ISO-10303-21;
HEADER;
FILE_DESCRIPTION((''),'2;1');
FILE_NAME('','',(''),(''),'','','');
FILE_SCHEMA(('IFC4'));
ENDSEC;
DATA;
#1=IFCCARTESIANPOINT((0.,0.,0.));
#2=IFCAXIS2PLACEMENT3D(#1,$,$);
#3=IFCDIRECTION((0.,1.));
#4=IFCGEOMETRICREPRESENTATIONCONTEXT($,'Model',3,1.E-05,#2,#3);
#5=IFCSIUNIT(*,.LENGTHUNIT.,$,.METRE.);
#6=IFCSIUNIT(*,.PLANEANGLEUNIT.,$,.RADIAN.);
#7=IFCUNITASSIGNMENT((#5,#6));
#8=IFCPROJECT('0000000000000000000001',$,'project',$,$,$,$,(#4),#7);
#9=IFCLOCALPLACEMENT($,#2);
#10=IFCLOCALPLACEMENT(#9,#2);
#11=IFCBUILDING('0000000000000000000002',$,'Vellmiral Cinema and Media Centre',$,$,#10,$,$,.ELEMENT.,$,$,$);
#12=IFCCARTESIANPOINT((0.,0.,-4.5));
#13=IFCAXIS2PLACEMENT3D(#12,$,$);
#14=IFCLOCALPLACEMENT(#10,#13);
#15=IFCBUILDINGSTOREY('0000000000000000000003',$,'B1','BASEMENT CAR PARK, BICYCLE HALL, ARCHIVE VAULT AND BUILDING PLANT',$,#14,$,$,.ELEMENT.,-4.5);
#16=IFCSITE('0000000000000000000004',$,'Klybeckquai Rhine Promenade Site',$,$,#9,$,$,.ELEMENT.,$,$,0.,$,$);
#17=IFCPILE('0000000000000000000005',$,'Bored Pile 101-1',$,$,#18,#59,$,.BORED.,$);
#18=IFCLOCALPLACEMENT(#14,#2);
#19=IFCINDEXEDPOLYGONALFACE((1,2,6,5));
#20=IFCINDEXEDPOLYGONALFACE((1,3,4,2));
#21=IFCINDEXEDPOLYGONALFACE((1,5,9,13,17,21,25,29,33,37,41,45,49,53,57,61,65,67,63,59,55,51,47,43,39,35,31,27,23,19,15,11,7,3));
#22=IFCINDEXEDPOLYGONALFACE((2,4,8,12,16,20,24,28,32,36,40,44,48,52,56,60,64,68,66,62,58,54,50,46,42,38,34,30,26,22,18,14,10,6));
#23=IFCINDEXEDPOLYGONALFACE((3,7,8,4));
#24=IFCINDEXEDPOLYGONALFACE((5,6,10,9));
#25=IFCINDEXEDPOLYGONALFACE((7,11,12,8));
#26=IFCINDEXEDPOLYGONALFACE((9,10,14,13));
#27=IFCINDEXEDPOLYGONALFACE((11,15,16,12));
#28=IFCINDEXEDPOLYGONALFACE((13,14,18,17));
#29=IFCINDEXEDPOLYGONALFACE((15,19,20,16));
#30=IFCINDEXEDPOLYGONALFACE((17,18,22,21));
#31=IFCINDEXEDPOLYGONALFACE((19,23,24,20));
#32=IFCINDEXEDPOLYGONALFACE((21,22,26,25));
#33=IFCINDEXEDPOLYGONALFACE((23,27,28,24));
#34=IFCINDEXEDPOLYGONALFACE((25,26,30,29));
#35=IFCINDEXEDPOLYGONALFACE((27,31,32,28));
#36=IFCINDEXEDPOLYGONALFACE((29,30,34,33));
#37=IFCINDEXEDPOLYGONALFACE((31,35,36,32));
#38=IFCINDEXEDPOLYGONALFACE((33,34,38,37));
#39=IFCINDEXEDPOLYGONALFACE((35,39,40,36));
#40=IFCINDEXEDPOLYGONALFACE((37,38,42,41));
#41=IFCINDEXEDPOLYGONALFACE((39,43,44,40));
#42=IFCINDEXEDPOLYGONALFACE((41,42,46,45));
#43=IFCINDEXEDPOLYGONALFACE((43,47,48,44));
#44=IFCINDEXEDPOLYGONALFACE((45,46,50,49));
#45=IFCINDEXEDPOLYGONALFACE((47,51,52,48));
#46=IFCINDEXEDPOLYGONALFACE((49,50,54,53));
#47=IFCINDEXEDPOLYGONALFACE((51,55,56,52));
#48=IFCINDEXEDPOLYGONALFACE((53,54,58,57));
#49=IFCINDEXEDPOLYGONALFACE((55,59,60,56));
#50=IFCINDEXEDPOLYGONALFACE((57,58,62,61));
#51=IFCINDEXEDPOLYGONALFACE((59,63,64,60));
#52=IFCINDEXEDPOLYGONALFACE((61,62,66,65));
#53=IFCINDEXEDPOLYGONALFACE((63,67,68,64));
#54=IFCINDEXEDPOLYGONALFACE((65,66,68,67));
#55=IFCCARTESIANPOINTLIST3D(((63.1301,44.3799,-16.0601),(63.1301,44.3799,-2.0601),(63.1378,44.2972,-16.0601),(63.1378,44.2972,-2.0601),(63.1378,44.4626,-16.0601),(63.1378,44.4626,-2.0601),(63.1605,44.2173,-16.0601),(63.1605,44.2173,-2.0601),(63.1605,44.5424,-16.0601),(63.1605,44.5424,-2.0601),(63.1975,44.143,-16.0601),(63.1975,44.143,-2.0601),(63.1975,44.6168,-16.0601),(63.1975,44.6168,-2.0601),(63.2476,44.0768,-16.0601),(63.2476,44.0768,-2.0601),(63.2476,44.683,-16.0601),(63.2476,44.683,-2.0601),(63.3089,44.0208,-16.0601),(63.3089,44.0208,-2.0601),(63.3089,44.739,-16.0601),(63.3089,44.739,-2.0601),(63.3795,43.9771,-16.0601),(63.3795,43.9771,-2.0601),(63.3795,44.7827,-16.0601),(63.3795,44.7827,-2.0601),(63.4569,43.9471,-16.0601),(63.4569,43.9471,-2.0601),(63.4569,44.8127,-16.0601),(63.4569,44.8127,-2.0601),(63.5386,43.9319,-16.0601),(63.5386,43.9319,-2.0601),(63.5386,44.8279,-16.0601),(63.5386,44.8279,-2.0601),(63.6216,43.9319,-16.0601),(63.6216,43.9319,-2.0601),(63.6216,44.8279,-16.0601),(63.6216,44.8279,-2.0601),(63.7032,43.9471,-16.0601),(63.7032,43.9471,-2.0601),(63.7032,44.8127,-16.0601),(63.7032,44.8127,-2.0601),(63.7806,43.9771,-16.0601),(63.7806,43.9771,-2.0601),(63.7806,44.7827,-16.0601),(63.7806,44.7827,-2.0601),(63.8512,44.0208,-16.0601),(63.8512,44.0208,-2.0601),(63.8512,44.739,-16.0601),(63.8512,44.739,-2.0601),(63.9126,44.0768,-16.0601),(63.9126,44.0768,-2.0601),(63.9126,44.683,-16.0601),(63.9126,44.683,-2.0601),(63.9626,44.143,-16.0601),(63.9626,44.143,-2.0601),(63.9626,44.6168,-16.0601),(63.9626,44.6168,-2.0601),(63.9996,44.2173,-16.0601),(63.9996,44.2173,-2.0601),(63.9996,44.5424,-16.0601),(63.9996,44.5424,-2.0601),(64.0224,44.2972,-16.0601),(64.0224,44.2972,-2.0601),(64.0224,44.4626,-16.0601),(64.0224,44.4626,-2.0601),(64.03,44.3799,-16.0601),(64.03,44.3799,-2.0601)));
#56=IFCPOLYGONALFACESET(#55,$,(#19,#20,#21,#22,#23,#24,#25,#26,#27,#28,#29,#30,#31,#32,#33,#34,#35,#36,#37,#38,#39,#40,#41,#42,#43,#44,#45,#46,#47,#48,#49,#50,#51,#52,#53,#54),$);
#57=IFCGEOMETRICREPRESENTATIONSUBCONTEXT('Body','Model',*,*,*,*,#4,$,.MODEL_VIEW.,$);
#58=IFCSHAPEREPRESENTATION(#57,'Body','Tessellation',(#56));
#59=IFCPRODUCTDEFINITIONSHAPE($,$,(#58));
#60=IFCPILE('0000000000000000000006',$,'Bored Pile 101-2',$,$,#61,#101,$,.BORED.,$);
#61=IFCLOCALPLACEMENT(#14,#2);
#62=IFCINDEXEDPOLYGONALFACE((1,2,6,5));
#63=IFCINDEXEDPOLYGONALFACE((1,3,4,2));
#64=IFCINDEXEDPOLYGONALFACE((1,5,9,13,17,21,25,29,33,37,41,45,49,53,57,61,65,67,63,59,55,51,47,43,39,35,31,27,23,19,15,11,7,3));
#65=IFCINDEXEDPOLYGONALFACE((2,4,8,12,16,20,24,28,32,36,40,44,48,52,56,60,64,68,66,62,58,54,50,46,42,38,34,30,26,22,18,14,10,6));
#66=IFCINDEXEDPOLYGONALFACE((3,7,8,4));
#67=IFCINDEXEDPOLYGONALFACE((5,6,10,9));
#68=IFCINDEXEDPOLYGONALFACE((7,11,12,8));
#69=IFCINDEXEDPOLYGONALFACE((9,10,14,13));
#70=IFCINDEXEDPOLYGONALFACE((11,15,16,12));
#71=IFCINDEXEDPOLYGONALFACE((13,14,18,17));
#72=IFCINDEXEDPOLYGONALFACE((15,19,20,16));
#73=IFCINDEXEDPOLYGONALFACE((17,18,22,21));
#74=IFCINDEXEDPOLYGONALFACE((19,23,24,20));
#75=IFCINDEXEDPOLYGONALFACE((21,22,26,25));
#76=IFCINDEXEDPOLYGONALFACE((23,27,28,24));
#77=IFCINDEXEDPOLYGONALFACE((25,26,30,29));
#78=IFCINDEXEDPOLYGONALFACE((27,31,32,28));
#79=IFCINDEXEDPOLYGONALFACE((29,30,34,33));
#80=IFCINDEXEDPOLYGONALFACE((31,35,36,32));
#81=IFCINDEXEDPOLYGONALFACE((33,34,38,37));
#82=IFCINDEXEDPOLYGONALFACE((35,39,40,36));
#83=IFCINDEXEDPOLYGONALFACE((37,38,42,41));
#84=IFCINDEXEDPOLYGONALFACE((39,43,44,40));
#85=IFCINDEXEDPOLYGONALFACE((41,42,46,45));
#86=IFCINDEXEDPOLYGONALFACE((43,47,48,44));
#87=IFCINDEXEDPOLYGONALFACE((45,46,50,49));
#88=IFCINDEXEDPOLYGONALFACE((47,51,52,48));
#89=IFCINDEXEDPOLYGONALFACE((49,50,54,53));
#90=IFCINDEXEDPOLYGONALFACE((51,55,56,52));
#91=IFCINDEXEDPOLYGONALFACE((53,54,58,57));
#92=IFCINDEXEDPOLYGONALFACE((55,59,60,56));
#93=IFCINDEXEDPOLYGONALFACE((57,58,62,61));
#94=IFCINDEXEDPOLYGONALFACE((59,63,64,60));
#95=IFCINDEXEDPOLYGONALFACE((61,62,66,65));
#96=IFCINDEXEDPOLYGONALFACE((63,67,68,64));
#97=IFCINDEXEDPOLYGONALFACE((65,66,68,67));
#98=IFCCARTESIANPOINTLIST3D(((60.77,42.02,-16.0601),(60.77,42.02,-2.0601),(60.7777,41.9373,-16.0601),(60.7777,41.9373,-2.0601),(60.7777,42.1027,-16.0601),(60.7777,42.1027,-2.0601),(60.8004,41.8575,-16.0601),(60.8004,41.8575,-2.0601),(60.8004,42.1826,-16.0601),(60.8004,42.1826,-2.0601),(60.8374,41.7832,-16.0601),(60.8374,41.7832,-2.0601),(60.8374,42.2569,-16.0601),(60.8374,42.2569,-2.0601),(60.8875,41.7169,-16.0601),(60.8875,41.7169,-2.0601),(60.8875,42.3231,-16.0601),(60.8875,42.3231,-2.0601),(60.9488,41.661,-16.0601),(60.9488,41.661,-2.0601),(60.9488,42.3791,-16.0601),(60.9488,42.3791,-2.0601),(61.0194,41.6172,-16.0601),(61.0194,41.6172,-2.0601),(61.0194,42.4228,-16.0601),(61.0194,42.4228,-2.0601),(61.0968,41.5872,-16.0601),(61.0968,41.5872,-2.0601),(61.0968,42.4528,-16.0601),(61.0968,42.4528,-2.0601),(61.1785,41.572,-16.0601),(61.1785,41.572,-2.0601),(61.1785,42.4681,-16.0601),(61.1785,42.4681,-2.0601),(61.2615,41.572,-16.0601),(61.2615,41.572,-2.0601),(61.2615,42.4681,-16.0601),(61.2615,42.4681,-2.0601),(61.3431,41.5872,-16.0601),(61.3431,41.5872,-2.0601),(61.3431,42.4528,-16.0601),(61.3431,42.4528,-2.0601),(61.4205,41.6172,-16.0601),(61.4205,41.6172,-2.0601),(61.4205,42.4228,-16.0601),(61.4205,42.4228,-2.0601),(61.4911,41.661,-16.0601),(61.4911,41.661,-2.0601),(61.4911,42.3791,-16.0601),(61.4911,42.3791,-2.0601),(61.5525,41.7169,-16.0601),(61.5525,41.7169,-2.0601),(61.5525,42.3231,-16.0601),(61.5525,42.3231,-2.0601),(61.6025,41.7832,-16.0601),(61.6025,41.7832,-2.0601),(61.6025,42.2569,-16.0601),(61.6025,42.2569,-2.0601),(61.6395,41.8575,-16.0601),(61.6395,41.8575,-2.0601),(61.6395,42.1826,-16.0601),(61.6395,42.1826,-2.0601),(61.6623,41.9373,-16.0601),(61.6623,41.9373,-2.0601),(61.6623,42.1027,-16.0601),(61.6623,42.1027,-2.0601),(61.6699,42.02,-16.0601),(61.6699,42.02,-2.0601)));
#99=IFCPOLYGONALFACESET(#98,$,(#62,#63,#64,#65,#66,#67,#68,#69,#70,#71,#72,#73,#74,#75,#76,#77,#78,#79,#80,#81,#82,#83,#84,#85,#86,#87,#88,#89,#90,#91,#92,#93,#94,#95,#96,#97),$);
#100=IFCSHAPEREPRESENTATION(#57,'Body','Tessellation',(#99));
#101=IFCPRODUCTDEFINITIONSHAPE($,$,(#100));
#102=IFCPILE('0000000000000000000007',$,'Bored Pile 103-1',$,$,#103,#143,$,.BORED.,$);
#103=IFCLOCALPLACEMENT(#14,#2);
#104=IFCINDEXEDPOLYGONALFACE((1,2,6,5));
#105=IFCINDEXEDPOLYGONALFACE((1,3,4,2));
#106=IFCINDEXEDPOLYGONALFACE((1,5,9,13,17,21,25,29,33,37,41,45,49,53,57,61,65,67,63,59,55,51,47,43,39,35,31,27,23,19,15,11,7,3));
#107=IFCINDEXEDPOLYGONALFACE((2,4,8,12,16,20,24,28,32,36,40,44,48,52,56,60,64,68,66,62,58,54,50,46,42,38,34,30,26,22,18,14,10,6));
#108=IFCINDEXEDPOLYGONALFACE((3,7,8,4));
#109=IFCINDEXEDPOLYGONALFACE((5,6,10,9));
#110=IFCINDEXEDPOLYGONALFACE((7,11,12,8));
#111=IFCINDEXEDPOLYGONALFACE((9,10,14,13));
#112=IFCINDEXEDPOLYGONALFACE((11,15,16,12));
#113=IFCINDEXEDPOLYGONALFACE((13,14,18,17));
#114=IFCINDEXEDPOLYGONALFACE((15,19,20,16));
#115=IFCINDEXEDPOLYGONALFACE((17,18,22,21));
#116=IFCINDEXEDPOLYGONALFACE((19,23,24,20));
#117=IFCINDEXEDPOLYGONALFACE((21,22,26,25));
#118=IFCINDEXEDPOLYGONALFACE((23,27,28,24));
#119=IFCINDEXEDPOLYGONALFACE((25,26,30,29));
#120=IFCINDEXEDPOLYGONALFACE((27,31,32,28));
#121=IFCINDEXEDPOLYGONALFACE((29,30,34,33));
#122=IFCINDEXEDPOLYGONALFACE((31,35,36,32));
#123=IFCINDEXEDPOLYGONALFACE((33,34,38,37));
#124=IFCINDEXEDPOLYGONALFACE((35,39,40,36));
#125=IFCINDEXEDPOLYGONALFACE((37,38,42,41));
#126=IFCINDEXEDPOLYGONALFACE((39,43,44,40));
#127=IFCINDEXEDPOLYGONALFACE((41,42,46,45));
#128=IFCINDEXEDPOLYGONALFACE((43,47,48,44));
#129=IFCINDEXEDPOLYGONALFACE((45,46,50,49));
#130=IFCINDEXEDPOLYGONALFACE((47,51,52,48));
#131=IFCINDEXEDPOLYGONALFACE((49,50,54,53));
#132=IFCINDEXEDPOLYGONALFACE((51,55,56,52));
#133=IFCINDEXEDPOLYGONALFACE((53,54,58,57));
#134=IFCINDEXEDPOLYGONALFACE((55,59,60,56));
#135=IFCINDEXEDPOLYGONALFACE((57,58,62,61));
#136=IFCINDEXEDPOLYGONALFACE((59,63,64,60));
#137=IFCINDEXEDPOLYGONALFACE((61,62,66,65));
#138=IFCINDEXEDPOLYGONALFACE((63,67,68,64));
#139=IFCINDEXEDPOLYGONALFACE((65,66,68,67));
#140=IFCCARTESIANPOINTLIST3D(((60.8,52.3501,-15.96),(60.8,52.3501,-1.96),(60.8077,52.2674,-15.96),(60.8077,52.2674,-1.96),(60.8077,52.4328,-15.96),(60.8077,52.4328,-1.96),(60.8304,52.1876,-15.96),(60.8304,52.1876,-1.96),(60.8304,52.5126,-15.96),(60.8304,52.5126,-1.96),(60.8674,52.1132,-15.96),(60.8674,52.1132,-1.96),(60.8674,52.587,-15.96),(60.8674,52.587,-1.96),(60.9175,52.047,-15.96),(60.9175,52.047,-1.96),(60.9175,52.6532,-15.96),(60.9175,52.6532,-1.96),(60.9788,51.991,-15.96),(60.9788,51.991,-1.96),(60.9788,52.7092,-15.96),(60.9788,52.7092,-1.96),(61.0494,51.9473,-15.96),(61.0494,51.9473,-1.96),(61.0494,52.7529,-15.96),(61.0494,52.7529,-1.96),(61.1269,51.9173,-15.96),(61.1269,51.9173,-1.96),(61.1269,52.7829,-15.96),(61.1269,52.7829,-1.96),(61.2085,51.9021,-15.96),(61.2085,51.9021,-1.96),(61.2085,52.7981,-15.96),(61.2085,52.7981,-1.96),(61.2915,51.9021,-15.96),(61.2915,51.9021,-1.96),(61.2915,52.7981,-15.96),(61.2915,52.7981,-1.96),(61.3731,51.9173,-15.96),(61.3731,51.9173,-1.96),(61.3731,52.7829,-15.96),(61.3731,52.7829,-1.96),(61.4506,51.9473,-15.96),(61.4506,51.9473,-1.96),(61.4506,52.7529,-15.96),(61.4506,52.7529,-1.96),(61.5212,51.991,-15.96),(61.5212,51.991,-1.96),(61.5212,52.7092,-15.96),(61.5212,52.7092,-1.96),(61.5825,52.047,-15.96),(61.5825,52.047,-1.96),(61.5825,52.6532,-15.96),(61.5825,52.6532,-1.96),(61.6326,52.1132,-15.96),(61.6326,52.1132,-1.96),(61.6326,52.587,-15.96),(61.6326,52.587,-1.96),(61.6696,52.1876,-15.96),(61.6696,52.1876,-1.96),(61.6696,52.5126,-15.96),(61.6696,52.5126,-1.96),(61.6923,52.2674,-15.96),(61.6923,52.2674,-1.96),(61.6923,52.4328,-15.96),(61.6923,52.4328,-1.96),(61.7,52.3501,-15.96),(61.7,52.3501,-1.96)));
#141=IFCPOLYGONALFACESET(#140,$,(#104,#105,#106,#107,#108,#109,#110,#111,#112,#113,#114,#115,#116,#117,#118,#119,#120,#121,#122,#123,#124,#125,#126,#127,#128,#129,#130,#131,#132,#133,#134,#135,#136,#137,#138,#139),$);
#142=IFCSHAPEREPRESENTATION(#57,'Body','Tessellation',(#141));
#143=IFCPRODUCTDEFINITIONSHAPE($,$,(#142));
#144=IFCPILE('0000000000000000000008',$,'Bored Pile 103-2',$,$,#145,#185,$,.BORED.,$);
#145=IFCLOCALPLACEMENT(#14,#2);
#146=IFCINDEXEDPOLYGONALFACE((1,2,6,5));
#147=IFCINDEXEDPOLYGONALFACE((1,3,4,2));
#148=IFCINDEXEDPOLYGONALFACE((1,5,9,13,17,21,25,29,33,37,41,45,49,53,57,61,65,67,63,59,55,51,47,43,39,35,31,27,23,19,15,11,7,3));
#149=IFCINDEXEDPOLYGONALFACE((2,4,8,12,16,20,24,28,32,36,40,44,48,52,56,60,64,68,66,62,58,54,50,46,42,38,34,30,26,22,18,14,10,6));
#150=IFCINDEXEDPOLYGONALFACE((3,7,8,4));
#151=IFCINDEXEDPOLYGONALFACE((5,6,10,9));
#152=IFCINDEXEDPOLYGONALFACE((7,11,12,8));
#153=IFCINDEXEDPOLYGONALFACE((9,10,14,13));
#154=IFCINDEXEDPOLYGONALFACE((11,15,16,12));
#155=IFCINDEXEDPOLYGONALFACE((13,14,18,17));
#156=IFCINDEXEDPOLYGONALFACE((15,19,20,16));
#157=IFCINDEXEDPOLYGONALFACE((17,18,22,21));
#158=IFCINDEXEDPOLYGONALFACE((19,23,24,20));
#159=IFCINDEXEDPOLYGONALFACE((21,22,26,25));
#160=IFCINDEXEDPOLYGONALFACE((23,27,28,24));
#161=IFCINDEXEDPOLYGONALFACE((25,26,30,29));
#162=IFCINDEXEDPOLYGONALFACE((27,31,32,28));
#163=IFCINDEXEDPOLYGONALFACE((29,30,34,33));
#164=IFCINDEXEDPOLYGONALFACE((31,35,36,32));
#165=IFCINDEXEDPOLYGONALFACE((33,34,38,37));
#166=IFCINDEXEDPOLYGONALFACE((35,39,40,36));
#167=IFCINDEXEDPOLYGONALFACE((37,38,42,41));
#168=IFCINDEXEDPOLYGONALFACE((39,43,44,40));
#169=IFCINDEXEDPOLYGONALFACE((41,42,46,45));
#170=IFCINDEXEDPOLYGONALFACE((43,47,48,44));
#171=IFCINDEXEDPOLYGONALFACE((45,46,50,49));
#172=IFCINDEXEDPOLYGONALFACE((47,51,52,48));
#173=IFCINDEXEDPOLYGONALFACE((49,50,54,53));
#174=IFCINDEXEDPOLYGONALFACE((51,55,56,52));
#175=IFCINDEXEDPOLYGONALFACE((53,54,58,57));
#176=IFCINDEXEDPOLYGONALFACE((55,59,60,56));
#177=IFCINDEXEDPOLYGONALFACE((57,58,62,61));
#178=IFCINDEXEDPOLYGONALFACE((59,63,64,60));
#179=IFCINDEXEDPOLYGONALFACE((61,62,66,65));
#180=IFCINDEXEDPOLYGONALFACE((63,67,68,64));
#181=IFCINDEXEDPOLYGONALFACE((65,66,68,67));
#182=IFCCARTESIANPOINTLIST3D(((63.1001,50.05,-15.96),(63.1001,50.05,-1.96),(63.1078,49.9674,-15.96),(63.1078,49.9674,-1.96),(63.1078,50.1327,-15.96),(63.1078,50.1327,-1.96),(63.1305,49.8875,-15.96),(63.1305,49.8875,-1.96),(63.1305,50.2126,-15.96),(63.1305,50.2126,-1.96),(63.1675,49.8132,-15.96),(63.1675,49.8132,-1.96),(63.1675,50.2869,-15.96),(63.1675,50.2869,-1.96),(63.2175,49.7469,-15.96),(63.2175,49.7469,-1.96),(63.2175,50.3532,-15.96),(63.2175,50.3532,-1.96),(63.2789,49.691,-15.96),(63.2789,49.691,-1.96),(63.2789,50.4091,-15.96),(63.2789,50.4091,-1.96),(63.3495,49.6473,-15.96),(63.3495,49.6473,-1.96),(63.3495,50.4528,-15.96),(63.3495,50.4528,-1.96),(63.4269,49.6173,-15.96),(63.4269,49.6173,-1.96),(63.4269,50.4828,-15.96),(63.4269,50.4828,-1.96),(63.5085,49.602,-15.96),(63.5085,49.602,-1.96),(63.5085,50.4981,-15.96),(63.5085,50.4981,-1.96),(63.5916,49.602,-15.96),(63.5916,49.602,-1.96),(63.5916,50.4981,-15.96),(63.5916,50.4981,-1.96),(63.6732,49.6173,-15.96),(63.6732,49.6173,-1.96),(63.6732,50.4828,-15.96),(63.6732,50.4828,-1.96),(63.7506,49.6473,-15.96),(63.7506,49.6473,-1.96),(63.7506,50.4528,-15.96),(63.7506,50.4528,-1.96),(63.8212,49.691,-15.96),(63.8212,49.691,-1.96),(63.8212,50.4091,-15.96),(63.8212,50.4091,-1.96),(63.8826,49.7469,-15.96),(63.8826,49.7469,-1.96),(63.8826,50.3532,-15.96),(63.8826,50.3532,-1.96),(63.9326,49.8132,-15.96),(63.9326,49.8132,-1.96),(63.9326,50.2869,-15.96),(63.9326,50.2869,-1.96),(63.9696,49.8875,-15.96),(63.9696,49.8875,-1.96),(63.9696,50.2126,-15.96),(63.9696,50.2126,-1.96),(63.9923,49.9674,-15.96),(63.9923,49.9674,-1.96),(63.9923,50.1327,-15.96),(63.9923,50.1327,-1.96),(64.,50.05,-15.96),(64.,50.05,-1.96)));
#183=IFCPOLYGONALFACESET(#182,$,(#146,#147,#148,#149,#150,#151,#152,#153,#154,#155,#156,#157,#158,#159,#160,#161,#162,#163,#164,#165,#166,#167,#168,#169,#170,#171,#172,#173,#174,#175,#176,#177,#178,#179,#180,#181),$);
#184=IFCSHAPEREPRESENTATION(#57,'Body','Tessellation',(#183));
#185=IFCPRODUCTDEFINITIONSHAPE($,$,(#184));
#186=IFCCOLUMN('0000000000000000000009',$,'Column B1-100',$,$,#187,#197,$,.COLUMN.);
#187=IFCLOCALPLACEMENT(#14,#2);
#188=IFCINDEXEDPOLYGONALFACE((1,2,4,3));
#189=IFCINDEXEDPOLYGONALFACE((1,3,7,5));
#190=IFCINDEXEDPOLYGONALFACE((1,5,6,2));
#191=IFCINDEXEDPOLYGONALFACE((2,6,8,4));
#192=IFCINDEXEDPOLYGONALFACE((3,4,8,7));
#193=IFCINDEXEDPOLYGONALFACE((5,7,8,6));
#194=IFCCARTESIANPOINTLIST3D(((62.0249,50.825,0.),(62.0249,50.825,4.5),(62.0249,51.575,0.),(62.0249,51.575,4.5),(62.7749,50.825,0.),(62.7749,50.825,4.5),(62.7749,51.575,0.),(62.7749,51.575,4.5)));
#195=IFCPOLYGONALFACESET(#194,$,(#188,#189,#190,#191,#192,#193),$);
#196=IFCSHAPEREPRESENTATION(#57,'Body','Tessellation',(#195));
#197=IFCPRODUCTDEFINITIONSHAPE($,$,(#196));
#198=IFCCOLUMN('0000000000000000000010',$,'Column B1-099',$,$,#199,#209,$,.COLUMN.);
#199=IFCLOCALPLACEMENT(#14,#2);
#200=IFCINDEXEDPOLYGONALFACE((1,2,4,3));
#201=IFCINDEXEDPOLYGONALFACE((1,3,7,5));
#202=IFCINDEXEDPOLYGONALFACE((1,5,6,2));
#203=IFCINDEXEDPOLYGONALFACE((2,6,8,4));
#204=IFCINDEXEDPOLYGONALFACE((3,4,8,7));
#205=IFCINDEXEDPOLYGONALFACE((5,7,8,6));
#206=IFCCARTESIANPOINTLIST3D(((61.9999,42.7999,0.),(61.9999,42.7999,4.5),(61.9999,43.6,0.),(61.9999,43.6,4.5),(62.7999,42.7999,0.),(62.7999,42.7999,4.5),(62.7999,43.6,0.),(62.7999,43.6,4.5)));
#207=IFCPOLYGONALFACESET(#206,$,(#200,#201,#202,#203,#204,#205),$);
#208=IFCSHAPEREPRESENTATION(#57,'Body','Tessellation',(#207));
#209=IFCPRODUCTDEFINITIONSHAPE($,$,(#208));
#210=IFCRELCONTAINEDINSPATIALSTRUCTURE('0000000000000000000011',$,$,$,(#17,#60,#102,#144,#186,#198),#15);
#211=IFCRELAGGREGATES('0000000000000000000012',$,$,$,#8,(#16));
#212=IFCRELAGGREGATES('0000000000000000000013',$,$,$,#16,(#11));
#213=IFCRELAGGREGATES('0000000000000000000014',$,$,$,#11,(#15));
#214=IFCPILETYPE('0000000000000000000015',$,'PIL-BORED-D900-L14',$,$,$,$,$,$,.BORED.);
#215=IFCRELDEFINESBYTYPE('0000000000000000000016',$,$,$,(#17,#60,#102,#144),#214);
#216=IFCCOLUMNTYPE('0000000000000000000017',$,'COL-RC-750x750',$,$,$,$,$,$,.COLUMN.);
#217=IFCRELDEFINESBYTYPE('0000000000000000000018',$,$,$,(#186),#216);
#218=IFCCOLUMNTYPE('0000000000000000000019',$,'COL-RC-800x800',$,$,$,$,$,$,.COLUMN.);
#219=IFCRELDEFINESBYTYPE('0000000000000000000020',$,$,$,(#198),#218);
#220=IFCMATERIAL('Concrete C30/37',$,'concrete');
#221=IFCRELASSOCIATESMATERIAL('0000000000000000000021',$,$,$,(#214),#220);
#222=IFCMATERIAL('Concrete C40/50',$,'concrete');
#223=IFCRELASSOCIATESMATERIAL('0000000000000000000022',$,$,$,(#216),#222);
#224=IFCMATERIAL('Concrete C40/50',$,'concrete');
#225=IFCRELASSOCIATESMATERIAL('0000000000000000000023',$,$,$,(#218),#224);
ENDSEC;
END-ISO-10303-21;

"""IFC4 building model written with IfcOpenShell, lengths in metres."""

from ifc_helpers import new_model, si_unit, direction, frame, origin, origin_2d, place, context, subcontext, project, spatial, rectangle, circle, extrude, material, material_profile, profile_set, type_object, element, save


model = new_model("IFC4")

# Units and contexts
model_context = context("Model", 3, precision=1e-05, world=origin(), true_north=direction((0.0, 1.0)))
body_context = subcontext(model_context, "Body", "Model", "MODEL_VIEW")
ifc_project = project(units=[si_unit("LENGTHUNIT", "METRE"), si_unit("PLANEANGLEUNIT", "RADIAN")], contexts=[model_context])

# Site, building, storey
site_placement = place(None, origin())
site = spatial("IfcSite", under=ifc_project, at=site_placement, Name="Klybeckquai Rhine Promenade Site", CompositionType="ELEMENT", RefElevation=0.0)
building_placement = place(site_placement, origin())
building = spatial("IfcBuilding", under=site, at=building_placement, Name="Vellmiral Cinema and Media Centre", CompositionType="ELEMENT")
storey_placement = place(building_placement, frame((0.0, 0.0, -4.5)))
storey = spatial("IfcBuildingStorey", under=building, at=storey_placement, Name="B1", Description="BASEMENT CAR PARK, BICYCLE HALL, ARCHIVE VAULT AND BUILDING PLANT", CompositionType="ELEMENT", Elevation=-4.5)

# Piles
ifc_material_1 = material(Name="Concrete C30/37", Category="concrete")
ifc_material_profile_1 = material_profile(ifc_material_1, circle(Radius=0.45, at=origin_2d()), Name="PILE D900")
ifc_profile_set_1 = profile_set([ifc_material_profile_1], Name="Concrete C30/37")
pile_type_1 = type_object("IfcPileType", Name="PIL-BORED-D900-L14", PredefinedType="BORED", material=ifc_profile_set_1)
for number, where, z_axis, x_axis, name in (
    (1, (63.5801, 44.3799, -2.0601), (0.0, 0.0, -1.0), (1.0, 0.0, 0.0), "Bored Pile 101-1"),
    (2, (61.22, 42.02, -2.0601), (0.0, 0.0, -1.0), (1.0, 0.0, 0.0), "Bored Pile 101-2"),
    (3, (61.25, 52.3501, -1.96), (0.0, 0.0, -1.0), (1.0, 0.0, 0.0), "Bored Pile 103-1"),
    (4, (63.55, 50.05, -1.96), (0.0, 0.0, -1.0), (1.0, 0.0, 0.0), "Bored Pile 103-2"),
):
    element("IfcPile", number, at=place(storey_placement, frame(where, z_axis=z_axis, x_axis=x_axis)), inside=storey, type_object=pile_type_1, Name=name, PredefinedType="BORED", context=body_context, shape_type="SweptSolid", body=[
        extrude(circle(Radius=0.45, at=origin_2d()), origin(), (0.0, 0.0, 1.0), 14.0),
    ])

# Columns
ifc_material_2 = material(Name="Concrete C40/50", Category="concrete")
ifc_material_profile_2 = material_profile(ifc_material_2, rectangle(XDim=0.75, YDim=0.75, at=origin_2d()), Name="RC 750x750")
ifc_profile_set_2 = profile_set([ifc_material_profile_2], Name="Concrete C40/50")
column_type_1 = type_object("IfcColumnType", Name="COL-RC-750x750", PredefinedType="COLUMN", material=ifc_profile_set_2)
column_1_placement = place(storey_placement, frame((62.3999, 51.2, 0.0), z_axis=(0.0, 0.0, 1.0), x_axis=(1.0, 0.0, 0.0)))
element("IfcColumn", 5, at=column_1_placement, inside=storey, type_object=column_type_1, Name="Column B1-100", PredefinedType="COLUMN", context=body_context, shape_type="SweptSolid", body=[
    extrude(rectangle(XDim=0.75, YDim=0.75, at=origin_2d()), origin(), (0.0, 0.0, 1.0), 4.5),
])
ifc_material_3 = material(Name="Concrete C40/50", Category="concrete")
ifc_material_profile_3 = material_profile(ifc_material_3, rectangle(XDim=0.8, YDim=0.8, at=origin_2d()), Name="RC 800x800")
ifc_profile_set_3 = profile_set([ifc_material_profile_3], Name="Concrete C40/50")
column_type_2 = type_object("IfcColumnType", Name="COL-RC-800x800", PredefinedType="COLUMN", material=ifc_profile_set_3)
column_2_placement = place(storey_placement, frame((62.3999, 43.2, 0.0), z_axis=(0.0, 0.0, 1.0), x_axis=(1.0, 0.0, 0.0)))
element("IfcColumn", 6, at=column_2_placement, inside=storey, type_object=column_type_2, Name="Column B1-099", PredefinedType="COLUMN", context=body_context, shape_type="SweptSolid", body=[
    extrude(rectangle(XDim=0.8, YDim=0.8, at=origin_2d()), origin(), (0.0, 0.0, 1.0), 4.5),
])

save(model, "model.ifc")
